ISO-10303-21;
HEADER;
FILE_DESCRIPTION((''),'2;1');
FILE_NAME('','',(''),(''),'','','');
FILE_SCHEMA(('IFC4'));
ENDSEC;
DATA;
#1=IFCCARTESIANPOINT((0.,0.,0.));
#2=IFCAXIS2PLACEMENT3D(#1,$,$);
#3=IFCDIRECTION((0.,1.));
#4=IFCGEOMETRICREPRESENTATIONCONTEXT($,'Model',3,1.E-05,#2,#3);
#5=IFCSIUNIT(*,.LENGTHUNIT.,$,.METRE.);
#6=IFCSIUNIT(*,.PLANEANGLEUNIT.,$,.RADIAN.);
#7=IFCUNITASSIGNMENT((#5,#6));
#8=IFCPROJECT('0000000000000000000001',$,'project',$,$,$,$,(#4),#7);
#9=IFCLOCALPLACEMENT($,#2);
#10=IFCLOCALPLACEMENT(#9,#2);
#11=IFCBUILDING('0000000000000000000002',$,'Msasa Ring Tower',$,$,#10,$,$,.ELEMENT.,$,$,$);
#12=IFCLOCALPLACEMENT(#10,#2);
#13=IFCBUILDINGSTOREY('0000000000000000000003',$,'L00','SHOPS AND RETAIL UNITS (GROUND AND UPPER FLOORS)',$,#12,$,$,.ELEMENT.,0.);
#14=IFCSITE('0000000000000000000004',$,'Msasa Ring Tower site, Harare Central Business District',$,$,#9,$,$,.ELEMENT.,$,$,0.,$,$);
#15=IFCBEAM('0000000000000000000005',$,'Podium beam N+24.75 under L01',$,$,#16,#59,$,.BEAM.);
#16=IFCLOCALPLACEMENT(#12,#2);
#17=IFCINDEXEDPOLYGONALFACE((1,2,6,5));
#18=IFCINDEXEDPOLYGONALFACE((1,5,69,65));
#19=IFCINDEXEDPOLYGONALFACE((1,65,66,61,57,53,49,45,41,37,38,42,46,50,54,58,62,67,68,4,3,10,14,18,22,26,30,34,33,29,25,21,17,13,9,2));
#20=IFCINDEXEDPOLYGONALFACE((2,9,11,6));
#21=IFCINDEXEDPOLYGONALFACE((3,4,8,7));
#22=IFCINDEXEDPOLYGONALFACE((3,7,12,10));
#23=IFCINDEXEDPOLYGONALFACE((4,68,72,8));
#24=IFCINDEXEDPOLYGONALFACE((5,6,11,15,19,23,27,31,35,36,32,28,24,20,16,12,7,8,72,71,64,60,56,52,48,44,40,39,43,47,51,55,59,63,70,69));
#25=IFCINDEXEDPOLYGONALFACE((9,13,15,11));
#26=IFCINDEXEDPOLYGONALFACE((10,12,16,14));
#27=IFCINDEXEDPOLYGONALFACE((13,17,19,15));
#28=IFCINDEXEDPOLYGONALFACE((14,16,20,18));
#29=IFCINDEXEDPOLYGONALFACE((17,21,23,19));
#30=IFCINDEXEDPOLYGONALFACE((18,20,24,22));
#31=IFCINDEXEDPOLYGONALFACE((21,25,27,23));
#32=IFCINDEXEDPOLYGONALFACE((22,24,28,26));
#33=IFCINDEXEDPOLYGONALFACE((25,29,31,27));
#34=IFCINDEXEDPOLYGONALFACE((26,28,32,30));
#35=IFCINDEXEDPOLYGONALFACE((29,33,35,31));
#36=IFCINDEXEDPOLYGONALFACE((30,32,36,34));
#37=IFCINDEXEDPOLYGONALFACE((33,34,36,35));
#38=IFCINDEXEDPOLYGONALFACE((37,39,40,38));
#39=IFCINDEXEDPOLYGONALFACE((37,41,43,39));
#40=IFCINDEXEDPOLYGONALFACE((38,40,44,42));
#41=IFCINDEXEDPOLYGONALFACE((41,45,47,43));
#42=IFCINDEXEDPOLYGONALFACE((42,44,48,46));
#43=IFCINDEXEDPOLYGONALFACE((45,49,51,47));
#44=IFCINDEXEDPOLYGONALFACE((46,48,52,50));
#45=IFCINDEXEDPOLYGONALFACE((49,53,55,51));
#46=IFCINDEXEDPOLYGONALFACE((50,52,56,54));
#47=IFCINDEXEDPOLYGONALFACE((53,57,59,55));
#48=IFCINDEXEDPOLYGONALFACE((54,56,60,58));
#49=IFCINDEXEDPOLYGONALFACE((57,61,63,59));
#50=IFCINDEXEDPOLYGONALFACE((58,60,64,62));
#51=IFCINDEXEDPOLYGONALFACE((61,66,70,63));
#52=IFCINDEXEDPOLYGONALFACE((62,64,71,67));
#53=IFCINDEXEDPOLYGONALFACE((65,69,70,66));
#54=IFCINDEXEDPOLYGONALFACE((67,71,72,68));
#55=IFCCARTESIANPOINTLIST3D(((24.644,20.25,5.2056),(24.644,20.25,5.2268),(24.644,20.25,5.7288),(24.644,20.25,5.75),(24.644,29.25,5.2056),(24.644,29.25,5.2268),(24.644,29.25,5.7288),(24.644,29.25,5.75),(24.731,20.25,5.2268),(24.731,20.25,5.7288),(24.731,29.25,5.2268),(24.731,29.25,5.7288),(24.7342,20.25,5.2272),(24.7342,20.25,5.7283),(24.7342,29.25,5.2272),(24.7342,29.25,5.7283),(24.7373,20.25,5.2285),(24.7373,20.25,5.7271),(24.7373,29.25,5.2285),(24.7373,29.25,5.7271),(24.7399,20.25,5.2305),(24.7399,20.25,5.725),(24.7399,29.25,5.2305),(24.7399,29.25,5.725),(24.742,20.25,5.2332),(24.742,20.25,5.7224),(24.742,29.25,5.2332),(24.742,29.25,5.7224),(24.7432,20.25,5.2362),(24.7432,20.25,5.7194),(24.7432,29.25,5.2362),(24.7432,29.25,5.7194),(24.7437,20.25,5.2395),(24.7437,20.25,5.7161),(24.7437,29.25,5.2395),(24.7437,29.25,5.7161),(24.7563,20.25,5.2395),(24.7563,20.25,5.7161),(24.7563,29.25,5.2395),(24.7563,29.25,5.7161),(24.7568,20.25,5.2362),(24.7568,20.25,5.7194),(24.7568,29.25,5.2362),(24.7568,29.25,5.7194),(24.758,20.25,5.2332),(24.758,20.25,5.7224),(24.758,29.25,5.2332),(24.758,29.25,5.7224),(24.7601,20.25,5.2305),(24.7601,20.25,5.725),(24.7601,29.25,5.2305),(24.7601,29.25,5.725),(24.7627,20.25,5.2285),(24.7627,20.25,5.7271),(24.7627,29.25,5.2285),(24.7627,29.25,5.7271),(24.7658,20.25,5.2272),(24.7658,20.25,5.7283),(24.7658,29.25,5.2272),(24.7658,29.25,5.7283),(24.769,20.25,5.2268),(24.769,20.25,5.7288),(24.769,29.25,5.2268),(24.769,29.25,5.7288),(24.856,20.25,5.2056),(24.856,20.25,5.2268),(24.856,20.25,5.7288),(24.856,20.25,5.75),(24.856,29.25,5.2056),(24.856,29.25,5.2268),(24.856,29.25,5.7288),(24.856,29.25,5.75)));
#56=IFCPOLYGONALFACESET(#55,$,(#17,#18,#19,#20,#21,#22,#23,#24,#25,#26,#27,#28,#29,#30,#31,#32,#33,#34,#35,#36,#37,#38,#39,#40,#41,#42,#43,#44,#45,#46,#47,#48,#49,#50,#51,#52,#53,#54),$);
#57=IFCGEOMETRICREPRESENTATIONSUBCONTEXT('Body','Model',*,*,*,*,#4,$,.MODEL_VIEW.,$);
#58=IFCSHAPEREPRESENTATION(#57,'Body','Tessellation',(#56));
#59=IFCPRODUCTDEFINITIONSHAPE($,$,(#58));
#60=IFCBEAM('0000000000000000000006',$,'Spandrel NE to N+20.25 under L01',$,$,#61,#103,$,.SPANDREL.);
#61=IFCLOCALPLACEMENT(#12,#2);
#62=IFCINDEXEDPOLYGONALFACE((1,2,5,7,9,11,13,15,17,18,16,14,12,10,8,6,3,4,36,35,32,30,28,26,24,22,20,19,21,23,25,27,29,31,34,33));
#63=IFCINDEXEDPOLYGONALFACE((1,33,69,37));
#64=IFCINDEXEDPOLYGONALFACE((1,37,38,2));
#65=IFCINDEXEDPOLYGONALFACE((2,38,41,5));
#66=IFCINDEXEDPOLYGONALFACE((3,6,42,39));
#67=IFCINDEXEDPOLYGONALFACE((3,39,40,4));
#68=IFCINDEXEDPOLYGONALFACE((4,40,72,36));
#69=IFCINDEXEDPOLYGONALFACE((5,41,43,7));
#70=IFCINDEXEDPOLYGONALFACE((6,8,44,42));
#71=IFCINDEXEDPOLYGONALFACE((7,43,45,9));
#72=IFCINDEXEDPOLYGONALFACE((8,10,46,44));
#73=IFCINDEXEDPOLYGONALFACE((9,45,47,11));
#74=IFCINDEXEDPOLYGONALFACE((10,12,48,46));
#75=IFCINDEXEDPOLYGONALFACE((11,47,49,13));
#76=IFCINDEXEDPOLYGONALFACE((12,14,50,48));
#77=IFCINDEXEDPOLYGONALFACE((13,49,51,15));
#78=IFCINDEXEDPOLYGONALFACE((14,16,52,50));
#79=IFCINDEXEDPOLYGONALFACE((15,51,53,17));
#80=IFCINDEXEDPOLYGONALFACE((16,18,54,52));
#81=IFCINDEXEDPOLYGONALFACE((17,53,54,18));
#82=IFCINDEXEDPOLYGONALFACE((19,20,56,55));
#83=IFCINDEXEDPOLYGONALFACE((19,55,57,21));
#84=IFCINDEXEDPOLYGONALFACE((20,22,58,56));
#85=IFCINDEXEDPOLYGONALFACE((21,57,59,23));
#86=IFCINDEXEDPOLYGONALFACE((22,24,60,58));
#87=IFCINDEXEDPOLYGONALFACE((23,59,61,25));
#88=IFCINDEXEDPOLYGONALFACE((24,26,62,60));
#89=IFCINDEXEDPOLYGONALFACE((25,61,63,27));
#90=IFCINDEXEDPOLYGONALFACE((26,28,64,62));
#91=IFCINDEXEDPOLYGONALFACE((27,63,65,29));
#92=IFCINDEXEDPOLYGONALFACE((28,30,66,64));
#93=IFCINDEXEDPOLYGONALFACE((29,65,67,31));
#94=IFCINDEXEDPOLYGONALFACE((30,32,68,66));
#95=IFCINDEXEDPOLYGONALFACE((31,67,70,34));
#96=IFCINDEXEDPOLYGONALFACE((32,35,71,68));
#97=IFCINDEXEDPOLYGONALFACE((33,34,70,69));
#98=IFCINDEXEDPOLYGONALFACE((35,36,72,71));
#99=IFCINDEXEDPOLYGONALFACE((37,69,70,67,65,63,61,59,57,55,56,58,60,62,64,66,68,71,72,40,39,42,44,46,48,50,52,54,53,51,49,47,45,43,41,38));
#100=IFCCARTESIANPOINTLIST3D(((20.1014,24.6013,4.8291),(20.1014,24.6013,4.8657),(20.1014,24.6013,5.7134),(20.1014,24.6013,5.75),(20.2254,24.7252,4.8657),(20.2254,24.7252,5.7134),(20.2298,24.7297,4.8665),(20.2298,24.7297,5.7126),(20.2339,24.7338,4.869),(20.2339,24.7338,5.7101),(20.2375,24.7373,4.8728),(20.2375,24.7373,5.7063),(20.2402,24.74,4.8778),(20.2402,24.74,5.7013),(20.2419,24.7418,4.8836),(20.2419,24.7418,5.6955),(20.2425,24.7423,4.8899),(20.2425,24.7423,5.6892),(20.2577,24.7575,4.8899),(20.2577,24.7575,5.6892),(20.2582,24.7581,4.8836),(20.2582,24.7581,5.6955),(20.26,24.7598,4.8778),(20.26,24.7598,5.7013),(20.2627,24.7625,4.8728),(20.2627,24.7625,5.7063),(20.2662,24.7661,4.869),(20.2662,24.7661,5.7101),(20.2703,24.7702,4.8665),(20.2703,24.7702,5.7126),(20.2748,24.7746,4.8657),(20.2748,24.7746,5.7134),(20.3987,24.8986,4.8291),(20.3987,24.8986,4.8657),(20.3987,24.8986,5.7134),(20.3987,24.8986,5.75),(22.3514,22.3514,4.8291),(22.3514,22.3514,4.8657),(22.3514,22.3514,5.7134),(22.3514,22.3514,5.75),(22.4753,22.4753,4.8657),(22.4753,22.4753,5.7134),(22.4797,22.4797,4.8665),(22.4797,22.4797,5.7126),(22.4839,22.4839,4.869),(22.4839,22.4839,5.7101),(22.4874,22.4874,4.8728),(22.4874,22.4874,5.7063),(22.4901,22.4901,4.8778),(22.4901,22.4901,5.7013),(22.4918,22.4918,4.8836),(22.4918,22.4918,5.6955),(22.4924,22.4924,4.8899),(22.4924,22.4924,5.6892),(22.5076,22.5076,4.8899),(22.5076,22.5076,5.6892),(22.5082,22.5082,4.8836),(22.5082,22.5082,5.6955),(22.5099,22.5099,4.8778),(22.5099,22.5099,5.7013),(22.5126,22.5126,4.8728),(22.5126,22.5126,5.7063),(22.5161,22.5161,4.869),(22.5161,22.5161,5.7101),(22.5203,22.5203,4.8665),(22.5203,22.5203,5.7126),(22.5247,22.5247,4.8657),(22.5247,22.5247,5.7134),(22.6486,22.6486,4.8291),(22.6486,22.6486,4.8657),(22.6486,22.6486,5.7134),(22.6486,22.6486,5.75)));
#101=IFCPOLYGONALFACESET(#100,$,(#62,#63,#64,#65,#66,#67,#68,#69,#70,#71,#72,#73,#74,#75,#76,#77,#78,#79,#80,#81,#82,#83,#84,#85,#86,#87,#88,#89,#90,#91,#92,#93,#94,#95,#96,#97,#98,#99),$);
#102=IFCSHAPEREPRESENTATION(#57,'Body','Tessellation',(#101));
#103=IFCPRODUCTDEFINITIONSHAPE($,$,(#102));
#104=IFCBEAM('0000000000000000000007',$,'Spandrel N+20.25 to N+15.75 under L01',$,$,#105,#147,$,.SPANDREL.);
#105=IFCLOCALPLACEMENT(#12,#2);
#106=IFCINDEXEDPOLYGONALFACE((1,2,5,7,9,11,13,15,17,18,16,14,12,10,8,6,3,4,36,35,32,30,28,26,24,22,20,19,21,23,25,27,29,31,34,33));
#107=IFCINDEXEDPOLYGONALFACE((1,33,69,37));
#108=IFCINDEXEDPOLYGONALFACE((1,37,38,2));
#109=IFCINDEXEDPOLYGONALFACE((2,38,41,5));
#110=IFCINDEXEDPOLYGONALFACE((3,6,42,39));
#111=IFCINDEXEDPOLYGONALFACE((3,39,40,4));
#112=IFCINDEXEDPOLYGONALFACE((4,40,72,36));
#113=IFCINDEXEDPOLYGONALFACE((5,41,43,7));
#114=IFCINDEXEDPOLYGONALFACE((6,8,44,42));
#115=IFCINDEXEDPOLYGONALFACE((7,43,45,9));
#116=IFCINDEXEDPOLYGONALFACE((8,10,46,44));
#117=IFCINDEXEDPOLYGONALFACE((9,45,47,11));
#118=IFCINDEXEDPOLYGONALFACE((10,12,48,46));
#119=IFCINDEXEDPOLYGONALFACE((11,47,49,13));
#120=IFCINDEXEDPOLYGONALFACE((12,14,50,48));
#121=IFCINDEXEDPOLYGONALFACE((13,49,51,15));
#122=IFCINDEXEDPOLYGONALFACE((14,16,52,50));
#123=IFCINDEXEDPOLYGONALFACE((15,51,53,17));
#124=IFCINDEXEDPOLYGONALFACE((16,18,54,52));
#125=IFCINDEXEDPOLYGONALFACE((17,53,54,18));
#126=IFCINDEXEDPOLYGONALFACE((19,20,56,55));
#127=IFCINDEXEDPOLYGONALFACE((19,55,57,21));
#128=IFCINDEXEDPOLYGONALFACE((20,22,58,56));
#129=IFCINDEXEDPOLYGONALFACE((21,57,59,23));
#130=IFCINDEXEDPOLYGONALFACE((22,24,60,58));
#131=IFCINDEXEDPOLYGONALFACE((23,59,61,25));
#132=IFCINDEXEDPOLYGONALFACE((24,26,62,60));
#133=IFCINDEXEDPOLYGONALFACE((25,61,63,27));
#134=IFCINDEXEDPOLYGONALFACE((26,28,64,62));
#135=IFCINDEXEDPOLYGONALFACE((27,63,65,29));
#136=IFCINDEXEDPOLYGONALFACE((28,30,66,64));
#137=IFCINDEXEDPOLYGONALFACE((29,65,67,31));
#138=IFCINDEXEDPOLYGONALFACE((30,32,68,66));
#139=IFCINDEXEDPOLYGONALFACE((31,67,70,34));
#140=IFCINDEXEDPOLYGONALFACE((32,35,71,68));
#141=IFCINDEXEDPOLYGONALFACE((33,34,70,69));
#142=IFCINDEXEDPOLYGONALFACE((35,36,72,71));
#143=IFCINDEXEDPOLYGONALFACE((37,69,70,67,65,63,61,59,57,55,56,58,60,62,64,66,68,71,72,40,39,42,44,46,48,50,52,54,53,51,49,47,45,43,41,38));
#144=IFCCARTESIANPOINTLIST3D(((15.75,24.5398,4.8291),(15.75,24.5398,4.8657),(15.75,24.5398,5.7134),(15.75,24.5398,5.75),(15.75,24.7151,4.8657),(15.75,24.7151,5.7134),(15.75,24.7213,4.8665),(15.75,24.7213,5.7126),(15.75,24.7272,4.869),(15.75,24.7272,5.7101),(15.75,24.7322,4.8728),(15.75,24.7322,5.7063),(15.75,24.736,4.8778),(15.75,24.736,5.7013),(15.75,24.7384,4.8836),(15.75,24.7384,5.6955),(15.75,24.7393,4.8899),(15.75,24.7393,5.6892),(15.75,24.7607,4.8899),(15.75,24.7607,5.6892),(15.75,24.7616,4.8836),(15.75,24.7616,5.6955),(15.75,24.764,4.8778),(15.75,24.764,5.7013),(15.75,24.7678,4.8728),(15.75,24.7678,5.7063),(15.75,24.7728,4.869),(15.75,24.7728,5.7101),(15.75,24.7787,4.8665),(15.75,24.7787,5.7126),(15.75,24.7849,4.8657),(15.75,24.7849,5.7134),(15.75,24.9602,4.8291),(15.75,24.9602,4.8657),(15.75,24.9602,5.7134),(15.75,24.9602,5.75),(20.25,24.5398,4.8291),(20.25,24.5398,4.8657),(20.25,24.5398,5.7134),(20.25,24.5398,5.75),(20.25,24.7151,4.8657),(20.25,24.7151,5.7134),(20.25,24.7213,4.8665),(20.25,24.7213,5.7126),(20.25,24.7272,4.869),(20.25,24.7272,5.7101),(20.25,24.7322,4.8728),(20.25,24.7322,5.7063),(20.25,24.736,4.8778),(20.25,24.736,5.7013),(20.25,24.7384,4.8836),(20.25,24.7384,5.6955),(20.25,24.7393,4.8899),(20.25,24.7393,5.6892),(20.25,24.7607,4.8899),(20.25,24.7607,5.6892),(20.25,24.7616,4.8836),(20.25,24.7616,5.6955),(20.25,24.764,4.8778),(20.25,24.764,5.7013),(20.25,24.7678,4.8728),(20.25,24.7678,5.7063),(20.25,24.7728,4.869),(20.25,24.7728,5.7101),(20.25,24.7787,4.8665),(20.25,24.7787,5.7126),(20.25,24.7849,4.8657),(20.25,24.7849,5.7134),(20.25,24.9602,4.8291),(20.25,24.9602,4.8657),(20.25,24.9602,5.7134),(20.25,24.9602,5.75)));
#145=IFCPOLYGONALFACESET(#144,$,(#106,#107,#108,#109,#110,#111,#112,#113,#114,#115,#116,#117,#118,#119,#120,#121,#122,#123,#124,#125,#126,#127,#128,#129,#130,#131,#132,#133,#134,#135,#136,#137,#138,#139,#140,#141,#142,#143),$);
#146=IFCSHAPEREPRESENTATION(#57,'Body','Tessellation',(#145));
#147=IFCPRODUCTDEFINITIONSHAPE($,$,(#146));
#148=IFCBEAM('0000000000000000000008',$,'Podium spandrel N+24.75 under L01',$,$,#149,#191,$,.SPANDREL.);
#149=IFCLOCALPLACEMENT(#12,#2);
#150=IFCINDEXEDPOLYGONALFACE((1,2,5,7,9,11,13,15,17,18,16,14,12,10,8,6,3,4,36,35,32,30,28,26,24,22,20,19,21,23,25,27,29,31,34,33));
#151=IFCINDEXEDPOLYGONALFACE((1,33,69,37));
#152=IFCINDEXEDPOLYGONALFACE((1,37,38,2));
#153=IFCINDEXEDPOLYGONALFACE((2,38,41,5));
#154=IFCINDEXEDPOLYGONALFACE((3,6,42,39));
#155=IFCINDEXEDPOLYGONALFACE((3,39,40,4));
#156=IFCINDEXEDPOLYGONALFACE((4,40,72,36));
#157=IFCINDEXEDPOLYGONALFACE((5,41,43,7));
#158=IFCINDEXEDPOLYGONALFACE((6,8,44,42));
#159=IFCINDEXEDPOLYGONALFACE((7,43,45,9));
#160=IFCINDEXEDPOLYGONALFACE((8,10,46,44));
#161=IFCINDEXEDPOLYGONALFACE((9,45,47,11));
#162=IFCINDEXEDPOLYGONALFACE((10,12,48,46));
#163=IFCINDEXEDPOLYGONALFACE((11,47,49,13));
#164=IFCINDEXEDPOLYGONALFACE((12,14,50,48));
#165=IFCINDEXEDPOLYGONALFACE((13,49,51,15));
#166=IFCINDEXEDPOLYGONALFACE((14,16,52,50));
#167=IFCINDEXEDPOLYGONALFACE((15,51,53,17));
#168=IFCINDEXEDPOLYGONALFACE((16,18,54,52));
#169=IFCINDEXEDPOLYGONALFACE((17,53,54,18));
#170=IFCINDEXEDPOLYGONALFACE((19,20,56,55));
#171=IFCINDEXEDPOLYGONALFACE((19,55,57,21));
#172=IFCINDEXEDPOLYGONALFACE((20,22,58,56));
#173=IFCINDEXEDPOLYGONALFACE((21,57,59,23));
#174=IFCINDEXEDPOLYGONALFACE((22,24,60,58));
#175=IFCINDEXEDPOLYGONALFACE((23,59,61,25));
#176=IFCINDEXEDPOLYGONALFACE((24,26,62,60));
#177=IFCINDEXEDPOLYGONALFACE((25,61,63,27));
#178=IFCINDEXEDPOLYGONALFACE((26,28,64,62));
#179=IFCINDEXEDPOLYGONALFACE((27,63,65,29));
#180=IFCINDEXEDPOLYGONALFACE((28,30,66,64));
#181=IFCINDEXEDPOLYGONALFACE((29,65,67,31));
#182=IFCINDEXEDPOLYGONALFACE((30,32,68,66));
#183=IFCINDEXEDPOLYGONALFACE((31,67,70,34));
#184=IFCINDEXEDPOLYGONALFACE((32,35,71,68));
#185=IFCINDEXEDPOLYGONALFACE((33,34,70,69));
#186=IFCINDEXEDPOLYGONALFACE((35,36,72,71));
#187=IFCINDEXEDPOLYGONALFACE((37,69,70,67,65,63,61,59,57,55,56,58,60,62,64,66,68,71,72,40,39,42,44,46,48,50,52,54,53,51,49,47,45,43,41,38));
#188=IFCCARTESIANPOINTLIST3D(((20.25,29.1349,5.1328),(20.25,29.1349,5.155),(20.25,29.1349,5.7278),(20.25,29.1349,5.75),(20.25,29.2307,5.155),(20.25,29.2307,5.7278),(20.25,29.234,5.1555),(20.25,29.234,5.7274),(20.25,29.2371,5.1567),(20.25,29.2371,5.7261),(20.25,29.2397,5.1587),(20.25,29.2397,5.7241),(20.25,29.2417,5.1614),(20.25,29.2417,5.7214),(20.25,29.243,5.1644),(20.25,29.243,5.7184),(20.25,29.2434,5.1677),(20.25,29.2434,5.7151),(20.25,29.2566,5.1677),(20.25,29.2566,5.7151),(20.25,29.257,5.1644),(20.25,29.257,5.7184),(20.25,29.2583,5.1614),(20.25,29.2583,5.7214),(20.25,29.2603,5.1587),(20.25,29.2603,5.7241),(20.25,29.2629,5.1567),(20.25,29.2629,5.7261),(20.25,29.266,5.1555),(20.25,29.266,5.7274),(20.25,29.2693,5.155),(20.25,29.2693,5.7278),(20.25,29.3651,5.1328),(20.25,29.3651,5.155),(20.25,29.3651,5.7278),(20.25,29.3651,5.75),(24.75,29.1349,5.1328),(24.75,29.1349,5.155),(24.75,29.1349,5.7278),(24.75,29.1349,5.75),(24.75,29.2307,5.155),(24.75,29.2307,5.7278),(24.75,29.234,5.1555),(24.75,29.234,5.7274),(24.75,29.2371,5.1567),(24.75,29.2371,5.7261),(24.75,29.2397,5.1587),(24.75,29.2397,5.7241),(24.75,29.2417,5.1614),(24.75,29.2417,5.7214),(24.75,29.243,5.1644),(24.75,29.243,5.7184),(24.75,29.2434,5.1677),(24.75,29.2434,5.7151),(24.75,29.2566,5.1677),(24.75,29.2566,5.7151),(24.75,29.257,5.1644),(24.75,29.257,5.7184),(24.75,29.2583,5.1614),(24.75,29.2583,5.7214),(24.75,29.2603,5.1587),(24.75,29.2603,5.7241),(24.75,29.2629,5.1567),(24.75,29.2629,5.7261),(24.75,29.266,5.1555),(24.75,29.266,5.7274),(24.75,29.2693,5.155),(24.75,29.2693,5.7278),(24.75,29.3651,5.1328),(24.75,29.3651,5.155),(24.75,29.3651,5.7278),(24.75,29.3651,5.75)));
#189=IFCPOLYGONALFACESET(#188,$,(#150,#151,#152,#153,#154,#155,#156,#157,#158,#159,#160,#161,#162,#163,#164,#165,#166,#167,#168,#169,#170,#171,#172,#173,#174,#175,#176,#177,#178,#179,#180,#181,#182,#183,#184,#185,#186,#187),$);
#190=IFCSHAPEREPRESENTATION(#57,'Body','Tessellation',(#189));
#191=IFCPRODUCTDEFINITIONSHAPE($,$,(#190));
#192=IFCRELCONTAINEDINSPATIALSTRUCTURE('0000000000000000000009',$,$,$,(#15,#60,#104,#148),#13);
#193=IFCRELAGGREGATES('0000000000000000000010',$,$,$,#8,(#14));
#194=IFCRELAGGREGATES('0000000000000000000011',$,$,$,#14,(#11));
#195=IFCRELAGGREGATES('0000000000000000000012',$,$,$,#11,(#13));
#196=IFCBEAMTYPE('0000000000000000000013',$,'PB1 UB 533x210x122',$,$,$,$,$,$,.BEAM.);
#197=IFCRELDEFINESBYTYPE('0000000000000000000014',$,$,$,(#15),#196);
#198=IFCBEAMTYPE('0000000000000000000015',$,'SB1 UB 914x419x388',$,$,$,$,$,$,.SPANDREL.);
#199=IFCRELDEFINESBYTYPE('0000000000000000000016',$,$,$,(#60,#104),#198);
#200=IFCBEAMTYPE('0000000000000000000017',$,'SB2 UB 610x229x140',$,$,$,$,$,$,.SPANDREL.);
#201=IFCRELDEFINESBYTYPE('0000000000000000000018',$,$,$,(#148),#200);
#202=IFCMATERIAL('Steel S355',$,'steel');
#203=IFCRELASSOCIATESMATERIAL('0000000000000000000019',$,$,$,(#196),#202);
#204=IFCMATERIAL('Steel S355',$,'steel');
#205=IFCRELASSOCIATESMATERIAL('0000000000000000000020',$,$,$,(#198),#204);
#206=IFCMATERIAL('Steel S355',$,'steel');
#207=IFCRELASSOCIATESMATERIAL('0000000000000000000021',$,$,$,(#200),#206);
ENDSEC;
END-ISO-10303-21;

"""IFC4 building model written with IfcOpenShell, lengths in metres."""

from ifc_helpers import new_model, si_unit, direction, frame, origin, origin_2d, place, context, subcontext, project, spatial, i_section, extrude, material, material_profile, profile_set, type_object, element, save


model = new_model("IFC4")

# Units and contexts
model_context = context("Model", 3, precision=1e-05, world=origin(), true_north=direction((0.0, 1.0)))
body_context = subcontext(model_context, "Body", "Model", "MODEL_VIEW")
ifc_project = project(units=[si_unit("LENGTHUNIT", "METRE"), si_unit("PLANEANGLEUNIT", "RADIAN")], contexts=[model_context])

# Site, building, storey
site_placement = place(None, origin())
site = spatial("IfcSite", under=ifc_project, at=site_placement, Name="Msasa Ring Tower site, Harare Central Business District", CompositionType="ELEMENT", RefElevation=0.0)
building_placement = place(site_placement, origin())
building = spatial("IfcBuilding", under=site, at=building_placement, Name="Msasa Ring Tower", CompositionType="ELEMENT")
storey_placement = place(building_placement, origin())
storey = spatial("IfcBuildingStorey", under=building, at=storey_placement, Name="L00", Description="SHOPS AND RETAIL UNITS (GROUND AND UPPER FLOORS)", CompositionType="ELEMENT", Elevation=0.0)

# Beams
ifc_material_1 = material(Name="Steel S355", Category="steel")
ifc_material_profile_1 = material_profile(ifc_material_1, i_section(OverallWidth=0.2119, OverallDepth=0.5444, WebThickness=0.0127, FlangeThickness=0.0212, FilletRadius=0.0127, at=origin_2d()), Name="UB 533x210x122")
ifc_profile_set_1 = profile_set([ifc_material_profile_1], Name="Steel S355")
beam_type_1 = type_object("IfcBeamType", Name="PB1 UB 533x210x122", PredefinedType="BEAM", material=ifc_profile_set_1)
beam_1_placement = place(storey_placement, frame((24.75, 29.25, 5.4778), z_axis=(0.0, -1.0, 0.0), x_axis=(1.0, 0.0, 0.0)))
element("IfcBeam", 1, at=beam_1_placement, inside=storey, type_object=beam_type_1, Name="Podium beam N+24.75 under L01", PredefinedType="BEAM", context=body_context, shape_type="SweptSolid", body=[
    extrude(i_section(OverallWidth=0.2119, OverallDepth=0.5444, WebThickness=0.0127, FlangeThickness=0.0212, FilletRadius=0.0127, at=origin_2d()), origin(), (0.0, 0.0, 1.0), 9.0),
])
ifc_material_2 = material(Name="Steel S355", Category="steel")
ifc_material_profile_2 = material_profile(ifc_material_2, i_section(OverallWidth=0.4204, OverallDepth=0.9209, WebThickness=0.0215, FlangeThickness=0.0366, FilletRadius=0.0242, at=origin_2d()), Name="UB 914x419x388")
ifc_profile_set_2 = profile_set([ifc_material_profile_2], Name="Steel S355")
beam_type_2 = type_object("IfcBeamType", Name="SB1 UB 914x419x388", PredefinedType="SPANDREL", material=ifc_profile_set_2)
beam_2_placement = place(storey_placement, frame((22.5, 22.5, 5.2896), z_axis=(-0.707107, 0.707107, 0.0), x_axis=(-0.707107, -0.707107, 0.0)))
element("IfcBeam", 2, at=beam_2_placement, inside=storey, type_object=beam_type_2, Name="Spandrel NE to N+20.25 under L01", PredefinedType="SPANDREL", context=body_context, shape_type="SweptSolid", body=[
    extrude(i_section(OverallWidth=0.4204, OverallDepth=0.9209, WebThickness=0.0215, FlangeThickness=0.0366, FilletRadius=0.0242, at=origin_2d()), origin(), (0.0, 0.0, 1.0), 3.1819),
])
beam_3_placement = place(storey_placement, frame((20.25, 24.75, 5.2896), z_axis=(-1.0, 0.0, 0.0), x_axis=(0.0, -1.0, 0.0)))
element("IfcBeam", 3, at=beam_3_placement, inside=storey, type_object=beam_type_2, Name="Spandrel N+20.25 to N+15.75 under L01", PredefinedType="SPANDREL", context=body_context, shape_type="SweptSolid", body=[
    extrude(i_section(OverallWidth=0.4204, OverallDepth=0.9209, WebThickness=0.0215, FlangeThickness=0.0366, FilletRadius=0.0242, at=origin_2d()), origin(), (0.0, 0.0, 1.0), 4.5),
])
ifc_material_3 = material(Name="Steel S355", Category="steel")
ifc_material_profile_3 = material_profile(ifc_material_3, i_section(OverallWidth=0.2302, OverallDepth=0.6172, WebThickness=0.0132, FlangeThickness=0.0222, FilletRadius=0.0127, at=origin_2d()), Name="UB 610x229x140")
ifc_profile_set_3 = profile_set([ifc_material_profile_3], Name="Steel S355")
beam_type_3 = type_object("IfcBeamType", Name="SB2 UB 610x229x140", PredefinedType="SPANDREL", material=ifc_profile_set_3)
for number, where, z_axis, x_axis, name in (
    (4, (24.75, 29.25, 5.4414), (-1.0, 0.0, 0.0), (0.0, -1.0, 0.0), "Podium spandrel N+24.75 under L01"),
):
    element("IfcBeam", number, at=place(storey_placement, frame(where, z_axis=z_axis, x_axis=x_axis)), inside=storey, type_object=beam_type_3, Name=name, PredefinedType="SPANDREL", context=body_context, shape_type="SweptSolid", body=[
        extrude(i_section(OverallWidth=0.2302, OverallDepth=0.6172, WebThickness=0.0132, FlangeThickness=0.0222, FilletRadius=0.0127, at=origin_2d()), origin(), (0.0, 0.0, 1.0), 4.5),
    ])

save(model, "model.ifc")
